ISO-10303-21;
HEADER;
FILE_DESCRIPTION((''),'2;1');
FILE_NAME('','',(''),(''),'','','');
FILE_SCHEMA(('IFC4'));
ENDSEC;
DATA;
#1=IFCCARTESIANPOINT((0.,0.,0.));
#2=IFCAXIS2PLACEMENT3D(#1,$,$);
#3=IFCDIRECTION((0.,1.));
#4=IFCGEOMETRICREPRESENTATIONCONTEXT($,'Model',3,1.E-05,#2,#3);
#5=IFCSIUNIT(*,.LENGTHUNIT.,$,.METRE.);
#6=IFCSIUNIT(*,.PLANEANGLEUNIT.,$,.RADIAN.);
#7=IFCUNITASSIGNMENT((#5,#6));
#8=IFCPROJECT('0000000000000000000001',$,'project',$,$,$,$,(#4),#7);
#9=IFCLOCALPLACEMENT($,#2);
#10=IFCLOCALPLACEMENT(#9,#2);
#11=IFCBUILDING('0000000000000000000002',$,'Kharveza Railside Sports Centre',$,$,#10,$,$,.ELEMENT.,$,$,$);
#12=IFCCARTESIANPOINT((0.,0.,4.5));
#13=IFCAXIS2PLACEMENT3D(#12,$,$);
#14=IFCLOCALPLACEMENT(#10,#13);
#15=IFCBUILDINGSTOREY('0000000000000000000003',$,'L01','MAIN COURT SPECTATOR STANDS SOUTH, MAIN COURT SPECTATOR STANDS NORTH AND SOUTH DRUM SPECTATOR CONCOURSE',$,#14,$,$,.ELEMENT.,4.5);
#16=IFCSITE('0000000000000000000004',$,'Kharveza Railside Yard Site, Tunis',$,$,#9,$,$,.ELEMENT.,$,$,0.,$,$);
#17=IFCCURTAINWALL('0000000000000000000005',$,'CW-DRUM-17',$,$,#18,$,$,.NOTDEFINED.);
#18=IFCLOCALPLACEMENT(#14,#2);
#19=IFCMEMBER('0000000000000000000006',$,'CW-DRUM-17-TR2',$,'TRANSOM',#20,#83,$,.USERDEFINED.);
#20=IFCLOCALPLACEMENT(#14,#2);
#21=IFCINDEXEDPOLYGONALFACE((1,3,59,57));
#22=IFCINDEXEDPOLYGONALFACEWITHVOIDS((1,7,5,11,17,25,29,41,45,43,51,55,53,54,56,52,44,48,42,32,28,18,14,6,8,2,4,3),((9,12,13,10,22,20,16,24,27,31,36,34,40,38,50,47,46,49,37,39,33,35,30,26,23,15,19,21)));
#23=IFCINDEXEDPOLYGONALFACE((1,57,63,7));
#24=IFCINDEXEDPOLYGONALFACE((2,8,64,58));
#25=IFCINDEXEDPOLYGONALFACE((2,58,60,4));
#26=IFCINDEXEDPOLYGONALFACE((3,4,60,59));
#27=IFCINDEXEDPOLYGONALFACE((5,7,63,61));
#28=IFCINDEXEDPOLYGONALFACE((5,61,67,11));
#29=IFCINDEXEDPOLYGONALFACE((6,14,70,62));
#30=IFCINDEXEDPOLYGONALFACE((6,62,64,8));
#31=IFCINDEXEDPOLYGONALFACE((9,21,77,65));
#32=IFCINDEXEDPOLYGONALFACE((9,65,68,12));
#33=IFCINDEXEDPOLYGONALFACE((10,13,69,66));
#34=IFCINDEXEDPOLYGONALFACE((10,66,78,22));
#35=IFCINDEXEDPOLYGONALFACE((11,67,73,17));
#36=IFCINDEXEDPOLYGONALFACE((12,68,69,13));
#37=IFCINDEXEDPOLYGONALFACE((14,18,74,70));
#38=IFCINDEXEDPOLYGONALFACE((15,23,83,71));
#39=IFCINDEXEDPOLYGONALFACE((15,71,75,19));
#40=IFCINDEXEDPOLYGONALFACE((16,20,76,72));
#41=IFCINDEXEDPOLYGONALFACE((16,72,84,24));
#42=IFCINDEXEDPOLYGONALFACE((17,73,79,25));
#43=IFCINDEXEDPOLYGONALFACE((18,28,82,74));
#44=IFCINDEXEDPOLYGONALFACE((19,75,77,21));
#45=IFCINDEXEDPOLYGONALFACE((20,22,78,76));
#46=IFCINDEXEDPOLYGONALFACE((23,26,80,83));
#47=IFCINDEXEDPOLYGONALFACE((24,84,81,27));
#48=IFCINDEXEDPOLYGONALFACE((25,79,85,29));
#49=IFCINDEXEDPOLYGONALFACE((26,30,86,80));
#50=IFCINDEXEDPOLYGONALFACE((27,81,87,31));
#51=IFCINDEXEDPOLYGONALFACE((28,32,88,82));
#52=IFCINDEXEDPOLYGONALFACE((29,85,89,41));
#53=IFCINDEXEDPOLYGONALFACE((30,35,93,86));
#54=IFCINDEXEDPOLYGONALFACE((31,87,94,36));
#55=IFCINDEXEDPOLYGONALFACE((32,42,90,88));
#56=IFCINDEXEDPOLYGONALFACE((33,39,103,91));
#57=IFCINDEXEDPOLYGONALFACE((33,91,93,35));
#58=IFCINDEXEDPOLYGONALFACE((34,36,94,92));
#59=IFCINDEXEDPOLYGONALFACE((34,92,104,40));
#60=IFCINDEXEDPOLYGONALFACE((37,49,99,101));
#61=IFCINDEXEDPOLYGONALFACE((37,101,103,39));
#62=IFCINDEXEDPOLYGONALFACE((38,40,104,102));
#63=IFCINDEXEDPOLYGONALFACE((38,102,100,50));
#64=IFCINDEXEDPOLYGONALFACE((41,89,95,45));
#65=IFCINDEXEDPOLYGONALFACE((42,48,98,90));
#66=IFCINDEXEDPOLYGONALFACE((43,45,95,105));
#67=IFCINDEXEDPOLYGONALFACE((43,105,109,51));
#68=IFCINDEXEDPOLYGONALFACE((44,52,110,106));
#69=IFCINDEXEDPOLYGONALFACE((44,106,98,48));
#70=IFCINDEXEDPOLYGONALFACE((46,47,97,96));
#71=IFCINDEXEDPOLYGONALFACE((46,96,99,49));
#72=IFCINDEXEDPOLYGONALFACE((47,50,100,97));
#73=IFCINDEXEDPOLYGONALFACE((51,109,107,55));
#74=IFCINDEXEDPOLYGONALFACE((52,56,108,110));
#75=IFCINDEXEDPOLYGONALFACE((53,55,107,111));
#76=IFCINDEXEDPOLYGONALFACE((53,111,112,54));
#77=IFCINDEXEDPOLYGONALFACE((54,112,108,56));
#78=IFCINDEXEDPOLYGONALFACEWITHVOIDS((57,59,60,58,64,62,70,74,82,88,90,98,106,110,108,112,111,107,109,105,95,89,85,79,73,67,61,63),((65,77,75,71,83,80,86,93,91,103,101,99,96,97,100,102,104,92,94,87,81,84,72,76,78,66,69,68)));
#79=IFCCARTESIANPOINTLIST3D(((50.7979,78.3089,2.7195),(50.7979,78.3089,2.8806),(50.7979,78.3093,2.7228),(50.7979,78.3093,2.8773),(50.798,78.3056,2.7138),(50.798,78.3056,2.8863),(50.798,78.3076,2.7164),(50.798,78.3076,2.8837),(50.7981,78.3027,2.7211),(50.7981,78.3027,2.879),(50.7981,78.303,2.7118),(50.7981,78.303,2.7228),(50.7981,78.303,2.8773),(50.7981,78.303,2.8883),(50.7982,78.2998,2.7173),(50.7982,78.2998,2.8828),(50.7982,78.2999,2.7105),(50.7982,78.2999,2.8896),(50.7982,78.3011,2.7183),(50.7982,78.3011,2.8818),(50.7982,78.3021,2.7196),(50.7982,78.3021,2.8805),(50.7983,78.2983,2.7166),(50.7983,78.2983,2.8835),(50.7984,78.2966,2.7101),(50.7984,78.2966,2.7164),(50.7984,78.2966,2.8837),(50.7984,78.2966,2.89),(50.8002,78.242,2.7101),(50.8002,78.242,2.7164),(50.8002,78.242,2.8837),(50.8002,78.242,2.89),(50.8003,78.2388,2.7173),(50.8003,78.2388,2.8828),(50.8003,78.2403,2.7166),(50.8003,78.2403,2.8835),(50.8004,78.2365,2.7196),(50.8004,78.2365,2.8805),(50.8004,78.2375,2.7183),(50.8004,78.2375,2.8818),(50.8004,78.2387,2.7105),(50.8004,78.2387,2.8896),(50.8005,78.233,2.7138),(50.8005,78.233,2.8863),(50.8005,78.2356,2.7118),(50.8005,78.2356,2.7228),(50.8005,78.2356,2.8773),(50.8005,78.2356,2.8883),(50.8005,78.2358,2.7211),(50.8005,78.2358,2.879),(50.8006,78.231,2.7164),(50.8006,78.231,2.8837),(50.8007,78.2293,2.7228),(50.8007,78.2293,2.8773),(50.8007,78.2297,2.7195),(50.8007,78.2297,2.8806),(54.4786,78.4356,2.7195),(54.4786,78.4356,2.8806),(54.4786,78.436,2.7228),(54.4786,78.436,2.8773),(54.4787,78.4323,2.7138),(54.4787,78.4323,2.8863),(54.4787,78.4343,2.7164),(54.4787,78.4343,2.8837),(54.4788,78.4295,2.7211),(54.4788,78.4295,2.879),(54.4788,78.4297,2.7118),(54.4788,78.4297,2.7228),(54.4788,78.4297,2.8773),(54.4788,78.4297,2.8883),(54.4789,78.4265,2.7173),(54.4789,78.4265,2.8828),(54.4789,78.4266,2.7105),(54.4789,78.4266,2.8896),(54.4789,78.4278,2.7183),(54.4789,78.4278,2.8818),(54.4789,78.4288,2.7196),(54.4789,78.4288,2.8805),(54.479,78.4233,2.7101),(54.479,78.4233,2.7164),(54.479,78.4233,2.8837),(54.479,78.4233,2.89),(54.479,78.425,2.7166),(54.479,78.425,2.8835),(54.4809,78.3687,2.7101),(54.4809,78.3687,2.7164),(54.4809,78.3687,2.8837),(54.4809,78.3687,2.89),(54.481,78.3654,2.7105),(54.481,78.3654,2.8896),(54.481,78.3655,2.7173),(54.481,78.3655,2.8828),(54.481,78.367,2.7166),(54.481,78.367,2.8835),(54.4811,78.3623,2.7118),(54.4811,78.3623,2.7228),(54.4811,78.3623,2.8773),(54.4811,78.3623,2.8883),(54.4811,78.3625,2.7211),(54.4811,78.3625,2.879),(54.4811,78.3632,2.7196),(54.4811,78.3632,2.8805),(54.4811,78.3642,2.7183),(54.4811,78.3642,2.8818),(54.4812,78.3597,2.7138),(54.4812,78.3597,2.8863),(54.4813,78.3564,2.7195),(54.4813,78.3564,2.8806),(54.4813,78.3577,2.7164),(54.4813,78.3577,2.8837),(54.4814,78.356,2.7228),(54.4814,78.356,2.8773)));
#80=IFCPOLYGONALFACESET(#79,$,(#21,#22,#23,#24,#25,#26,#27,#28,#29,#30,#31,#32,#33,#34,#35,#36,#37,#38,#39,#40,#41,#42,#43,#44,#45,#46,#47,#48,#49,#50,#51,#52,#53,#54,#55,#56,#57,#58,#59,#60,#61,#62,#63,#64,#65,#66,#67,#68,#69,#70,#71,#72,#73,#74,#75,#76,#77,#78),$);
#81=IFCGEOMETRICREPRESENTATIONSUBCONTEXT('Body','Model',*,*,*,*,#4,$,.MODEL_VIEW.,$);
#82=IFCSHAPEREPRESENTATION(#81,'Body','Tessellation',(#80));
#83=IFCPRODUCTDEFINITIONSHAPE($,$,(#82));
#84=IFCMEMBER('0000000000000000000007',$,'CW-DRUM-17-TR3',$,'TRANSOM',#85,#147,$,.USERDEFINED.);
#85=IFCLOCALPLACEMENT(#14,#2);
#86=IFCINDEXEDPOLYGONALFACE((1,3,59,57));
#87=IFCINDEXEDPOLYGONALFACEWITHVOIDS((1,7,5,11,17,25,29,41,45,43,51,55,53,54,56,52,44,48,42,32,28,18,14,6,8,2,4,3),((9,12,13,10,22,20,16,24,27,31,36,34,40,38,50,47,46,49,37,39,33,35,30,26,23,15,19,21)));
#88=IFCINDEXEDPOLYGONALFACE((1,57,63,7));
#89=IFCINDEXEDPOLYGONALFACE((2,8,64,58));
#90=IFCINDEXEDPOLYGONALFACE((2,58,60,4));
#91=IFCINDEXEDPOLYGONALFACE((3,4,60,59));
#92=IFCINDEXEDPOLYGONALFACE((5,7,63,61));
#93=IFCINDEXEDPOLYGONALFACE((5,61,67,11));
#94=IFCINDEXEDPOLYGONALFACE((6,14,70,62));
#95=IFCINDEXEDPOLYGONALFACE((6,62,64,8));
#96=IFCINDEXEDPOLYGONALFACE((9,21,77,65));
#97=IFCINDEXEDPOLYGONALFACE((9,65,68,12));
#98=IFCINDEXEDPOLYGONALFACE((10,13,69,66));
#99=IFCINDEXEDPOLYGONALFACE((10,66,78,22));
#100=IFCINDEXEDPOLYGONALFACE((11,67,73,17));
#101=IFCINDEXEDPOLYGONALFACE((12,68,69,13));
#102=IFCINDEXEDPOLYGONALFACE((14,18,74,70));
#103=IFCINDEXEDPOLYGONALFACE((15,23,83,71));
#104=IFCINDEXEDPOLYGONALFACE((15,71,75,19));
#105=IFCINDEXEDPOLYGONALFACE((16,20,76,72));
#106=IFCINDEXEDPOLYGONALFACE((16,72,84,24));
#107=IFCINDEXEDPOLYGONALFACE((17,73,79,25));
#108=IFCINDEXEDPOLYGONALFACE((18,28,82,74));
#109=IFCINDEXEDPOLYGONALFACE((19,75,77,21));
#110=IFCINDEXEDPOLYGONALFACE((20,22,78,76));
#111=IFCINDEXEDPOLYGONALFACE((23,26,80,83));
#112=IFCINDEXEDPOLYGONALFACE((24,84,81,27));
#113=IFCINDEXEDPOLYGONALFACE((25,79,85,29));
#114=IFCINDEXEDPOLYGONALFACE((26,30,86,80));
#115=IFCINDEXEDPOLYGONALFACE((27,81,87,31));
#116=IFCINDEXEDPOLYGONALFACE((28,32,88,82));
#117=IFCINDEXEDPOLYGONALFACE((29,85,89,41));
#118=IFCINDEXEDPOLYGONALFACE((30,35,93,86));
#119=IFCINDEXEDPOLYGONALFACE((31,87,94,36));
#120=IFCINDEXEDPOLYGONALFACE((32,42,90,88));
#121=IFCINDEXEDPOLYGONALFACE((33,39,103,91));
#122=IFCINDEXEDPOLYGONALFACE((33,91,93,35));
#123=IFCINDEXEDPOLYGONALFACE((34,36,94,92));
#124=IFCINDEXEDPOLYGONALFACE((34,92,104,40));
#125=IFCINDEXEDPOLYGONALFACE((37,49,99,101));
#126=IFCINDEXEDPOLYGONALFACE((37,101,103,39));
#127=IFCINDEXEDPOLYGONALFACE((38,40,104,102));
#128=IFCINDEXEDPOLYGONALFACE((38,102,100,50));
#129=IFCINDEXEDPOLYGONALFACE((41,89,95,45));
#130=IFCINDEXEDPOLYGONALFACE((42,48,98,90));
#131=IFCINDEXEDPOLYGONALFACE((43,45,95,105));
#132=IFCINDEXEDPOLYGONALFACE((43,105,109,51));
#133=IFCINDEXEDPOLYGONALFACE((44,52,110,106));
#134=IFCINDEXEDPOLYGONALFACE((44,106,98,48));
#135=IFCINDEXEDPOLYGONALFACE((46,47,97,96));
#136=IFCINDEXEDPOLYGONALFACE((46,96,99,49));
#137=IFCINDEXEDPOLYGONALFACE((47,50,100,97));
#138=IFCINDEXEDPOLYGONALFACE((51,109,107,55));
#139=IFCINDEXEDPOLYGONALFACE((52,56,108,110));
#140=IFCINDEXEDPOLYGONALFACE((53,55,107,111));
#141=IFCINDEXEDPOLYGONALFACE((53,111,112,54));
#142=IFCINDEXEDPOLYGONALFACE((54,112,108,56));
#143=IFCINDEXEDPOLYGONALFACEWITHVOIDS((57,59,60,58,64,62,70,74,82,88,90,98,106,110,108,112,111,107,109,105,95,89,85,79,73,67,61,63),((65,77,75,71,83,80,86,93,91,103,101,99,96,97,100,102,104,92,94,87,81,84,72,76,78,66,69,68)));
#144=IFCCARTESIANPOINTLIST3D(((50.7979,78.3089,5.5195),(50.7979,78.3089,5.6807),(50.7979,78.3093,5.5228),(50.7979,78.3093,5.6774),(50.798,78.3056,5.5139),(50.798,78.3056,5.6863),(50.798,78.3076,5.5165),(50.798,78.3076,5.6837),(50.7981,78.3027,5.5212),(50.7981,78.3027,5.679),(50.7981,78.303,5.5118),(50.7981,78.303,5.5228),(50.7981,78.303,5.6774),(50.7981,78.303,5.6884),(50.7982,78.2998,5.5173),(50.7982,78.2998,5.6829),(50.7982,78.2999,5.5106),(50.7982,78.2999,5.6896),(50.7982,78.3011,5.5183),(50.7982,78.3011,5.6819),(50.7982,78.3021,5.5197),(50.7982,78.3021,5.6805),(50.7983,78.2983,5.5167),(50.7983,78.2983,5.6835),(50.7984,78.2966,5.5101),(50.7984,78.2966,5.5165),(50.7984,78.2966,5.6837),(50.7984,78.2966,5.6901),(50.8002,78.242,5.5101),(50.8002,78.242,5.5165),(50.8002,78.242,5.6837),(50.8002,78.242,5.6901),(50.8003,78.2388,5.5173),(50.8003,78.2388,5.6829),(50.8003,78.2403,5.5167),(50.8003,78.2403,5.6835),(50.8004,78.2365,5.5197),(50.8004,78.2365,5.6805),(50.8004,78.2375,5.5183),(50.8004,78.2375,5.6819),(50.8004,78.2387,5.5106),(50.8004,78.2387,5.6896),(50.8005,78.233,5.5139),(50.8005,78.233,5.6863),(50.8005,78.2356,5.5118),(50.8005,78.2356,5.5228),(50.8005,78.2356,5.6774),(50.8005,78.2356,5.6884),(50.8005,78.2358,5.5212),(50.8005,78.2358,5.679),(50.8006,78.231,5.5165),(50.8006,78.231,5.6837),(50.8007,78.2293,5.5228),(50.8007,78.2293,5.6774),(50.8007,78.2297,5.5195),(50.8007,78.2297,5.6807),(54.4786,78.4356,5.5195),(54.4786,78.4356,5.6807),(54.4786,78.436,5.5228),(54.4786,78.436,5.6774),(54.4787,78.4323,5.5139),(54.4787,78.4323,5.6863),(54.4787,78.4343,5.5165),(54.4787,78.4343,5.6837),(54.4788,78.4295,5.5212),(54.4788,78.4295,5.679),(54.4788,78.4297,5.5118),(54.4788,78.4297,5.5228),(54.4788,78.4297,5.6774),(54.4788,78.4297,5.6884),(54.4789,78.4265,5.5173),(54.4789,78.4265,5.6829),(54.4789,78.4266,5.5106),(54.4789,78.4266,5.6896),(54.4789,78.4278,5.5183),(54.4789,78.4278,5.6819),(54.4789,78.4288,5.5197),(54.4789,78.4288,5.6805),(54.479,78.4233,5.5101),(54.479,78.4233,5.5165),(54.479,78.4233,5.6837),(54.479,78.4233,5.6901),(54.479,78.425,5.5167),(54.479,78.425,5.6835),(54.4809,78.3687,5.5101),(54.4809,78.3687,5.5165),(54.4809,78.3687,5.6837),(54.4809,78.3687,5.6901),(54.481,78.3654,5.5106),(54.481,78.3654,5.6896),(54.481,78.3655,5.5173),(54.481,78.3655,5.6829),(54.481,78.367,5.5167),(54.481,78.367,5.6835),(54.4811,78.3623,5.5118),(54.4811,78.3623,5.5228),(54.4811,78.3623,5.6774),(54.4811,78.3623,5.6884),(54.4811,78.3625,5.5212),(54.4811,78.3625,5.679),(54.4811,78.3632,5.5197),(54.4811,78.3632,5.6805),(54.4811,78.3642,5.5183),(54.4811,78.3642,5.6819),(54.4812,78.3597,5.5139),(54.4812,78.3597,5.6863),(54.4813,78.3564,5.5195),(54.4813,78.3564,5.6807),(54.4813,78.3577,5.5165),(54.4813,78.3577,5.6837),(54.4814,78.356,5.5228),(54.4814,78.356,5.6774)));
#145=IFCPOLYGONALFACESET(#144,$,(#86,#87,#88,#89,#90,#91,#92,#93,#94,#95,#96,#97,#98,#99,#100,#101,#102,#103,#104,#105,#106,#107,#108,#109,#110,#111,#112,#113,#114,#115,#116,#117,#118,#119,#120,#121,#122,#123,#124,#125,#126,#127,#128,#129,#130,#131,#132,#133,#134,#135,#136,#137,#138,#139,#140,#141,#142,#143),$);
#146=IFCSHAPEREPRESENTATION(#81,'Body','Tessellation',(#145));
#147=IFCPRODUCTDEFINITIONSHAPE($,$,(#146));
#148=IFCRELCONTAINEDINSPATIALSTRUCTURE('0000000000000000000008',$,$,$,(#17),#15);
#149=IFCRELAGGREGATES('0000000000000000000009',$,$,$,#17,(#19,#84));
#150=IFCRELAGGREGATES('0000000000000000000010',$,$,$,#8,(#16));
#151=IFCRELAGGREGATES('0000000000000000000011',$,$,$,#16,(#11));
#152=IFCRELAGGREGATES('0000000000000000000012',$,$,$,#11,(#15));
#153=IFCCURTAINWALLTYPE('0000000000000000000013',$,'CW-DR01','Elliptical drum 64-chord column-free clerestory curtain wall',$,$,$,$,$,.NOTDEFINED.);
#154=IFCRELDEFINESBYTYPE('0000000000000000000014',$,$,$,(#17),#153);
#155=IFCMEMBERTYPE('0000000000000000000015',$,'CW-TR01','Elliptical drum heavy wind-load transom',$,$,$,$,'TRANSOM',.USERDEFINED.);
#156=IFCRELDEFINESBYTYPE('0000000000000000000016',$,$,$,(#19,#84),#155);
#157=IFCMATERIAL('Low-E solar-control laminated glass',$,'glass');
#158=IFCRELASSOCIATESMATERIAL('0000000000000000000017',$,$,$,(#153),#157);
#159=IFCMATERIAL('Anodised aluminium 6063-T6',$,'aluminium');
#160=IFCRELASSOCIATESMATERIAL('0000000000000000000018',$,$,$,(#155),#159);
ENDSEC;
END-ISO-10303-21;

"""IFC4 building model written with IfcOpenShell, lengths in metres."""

from ifc_helpers import new_model, si_unit, direction, frame, origin, origin_2d, place, context, subcontext, project, spatial, hollow_rectangle, extrude, material, material_profile, profile_set, type_object, element, aggregate, save


model = new_model("IFC4")

# Units and contexts
model_context = context("Model", 3, precision=1e-05, world=origin(), true_north=direction((0.0, 1.0)))
body_context = subcontext(model_context, "Body", "Model", "MODEL_VIEW")
ifc_project = project(units=[si_unit("LENGTHUNIT", "METRE"), si_unit("PLANEANGLEUNIT", "RADIAN")], contexts=[model_context])

# Site, building, storey
site_placement = place(None, origin())
site = spatial("IfcSite", under=ifc_project, at=site_placement, Name="Kharveza Railside Yard Site, Tunis", CompositionType="ELEMENT", RefElevation=0.0)
building_placement = place(site_placement, origin())
building = spatial("IfcBuilding", under=site, at=building_placement, Name="Kharveza Railside Sports Centre", CompositionType="ELEMENT")
storey_placement = place(building_placement, frame((0.0, 0.0, 4.5)))
storey = spatial("IfcBuildingStorey", under=building, at=storey_placement, Name="L01", Description="MAIN COURT SPECTATOR STANDS SOUTH, MAIN COURT SPECTATOR STANDS NORTH AND SOUTH DRUM SPECTATOR CONCOURSE", CompositionType="ELEMENT", Elevation=4.5)

# Curtain wall, members
ifc_material_1 = material(Name="Low-E solar-control laminated glass", Category="glass")
curtain_wall_type = type_object("IfcCurtainWallType", Name="CW-DR01", Description="Elliptical drum 64-chord column-free clerestory curtain wall", PredefinedType="NOTDEFINED", material=ifc_material_1)
ifc_material_2 = material(Name="Anodised aluminium 6063-T6", Category="aluminium")
ifc_material_profile_1 = material_profile(ifc_material_2, hollow_rectangle(XDim=0.0801, YDim=0.1799, WallThickness=0.0063, InnerFilletRadius=0.0063, OuterFilletRadius=0.0127, at=origin_2d()), Name="RHS 80x180x6.3")
ifc_profile_set_1 = profile_set([ifc_material_profile_1], Name="Anodised aluminium 6063-T6")
member_type_1 = type_object("IfcMemberType", Name="CW-TR01", Description="Elliptical drum heavy wind-load transom", ElementType="TRANSOM", PredefinedType="USERDEFINED", material=ifc_profile_set_1)
curtain_wall_1_placement = place(storey_placement, origin())
curtain_wall_1 = element("IfcCurtainWall", 1, at=curtain_wall_1_placement, inside=storey, type_object=curtain_wall_type, Name="CW-DRUM-17", PredefinedType="NOTDEFINED")
member_1_placement = place(storey_placement, frame((54.48, 78.396, 2.8), z_axis=(-0.999408, -0.034405, 0.0), x_axis=(0.034405, -0.999408, 0.0)))
member_1 = element("IfcMember", 2, at=member_1_placement, type_object=member_type_1, Name="CW-DRUM-17-TR2", ObjectType="TRANSOM", PredefinedType="USERDEFINED", context=body_context, shape_type="SweptSolid", body=[
    extrude(hollow_rectangle(XDim=0.0801, YDim=0.1799, WallThickness=0.0063, InnerFilletRadius=0.0063, OuterFilletRadius=0.0127, at=origin_2d()), origin(), (0.0, 0.0, 1.0), 3.6829),
])
member_2_placement = place(storey_placement, frame((54.48, 78.396, 5.6001), z_axis=(-0.999408, -0.034405, 0.0), x_axis=(0.034405, -0.999408, 0.0)))
member_2 = element("IfcMember", 3, at=member_2_placement, type_object=member_type_1, Name="CW-DRUM-17-TR3", ObjectType="TRANSOM", PredefinedType="USERDEFINED", context=body_context, shape_type="SweptSolid", body=[
    extrude(hollow_rectangle(XDim=0.0801, YDim=0.1799, WallThickness=0.0063, InnerFilletRadius=0.0063, OuterFilletRadius=0.0127, at=origin_2d()), origin(), (0.0, 0.0, 1.0), 3.6829),
])
aggregate(curtain_wall_1, [member_1, member_2])

save(model, "model.ifc")
